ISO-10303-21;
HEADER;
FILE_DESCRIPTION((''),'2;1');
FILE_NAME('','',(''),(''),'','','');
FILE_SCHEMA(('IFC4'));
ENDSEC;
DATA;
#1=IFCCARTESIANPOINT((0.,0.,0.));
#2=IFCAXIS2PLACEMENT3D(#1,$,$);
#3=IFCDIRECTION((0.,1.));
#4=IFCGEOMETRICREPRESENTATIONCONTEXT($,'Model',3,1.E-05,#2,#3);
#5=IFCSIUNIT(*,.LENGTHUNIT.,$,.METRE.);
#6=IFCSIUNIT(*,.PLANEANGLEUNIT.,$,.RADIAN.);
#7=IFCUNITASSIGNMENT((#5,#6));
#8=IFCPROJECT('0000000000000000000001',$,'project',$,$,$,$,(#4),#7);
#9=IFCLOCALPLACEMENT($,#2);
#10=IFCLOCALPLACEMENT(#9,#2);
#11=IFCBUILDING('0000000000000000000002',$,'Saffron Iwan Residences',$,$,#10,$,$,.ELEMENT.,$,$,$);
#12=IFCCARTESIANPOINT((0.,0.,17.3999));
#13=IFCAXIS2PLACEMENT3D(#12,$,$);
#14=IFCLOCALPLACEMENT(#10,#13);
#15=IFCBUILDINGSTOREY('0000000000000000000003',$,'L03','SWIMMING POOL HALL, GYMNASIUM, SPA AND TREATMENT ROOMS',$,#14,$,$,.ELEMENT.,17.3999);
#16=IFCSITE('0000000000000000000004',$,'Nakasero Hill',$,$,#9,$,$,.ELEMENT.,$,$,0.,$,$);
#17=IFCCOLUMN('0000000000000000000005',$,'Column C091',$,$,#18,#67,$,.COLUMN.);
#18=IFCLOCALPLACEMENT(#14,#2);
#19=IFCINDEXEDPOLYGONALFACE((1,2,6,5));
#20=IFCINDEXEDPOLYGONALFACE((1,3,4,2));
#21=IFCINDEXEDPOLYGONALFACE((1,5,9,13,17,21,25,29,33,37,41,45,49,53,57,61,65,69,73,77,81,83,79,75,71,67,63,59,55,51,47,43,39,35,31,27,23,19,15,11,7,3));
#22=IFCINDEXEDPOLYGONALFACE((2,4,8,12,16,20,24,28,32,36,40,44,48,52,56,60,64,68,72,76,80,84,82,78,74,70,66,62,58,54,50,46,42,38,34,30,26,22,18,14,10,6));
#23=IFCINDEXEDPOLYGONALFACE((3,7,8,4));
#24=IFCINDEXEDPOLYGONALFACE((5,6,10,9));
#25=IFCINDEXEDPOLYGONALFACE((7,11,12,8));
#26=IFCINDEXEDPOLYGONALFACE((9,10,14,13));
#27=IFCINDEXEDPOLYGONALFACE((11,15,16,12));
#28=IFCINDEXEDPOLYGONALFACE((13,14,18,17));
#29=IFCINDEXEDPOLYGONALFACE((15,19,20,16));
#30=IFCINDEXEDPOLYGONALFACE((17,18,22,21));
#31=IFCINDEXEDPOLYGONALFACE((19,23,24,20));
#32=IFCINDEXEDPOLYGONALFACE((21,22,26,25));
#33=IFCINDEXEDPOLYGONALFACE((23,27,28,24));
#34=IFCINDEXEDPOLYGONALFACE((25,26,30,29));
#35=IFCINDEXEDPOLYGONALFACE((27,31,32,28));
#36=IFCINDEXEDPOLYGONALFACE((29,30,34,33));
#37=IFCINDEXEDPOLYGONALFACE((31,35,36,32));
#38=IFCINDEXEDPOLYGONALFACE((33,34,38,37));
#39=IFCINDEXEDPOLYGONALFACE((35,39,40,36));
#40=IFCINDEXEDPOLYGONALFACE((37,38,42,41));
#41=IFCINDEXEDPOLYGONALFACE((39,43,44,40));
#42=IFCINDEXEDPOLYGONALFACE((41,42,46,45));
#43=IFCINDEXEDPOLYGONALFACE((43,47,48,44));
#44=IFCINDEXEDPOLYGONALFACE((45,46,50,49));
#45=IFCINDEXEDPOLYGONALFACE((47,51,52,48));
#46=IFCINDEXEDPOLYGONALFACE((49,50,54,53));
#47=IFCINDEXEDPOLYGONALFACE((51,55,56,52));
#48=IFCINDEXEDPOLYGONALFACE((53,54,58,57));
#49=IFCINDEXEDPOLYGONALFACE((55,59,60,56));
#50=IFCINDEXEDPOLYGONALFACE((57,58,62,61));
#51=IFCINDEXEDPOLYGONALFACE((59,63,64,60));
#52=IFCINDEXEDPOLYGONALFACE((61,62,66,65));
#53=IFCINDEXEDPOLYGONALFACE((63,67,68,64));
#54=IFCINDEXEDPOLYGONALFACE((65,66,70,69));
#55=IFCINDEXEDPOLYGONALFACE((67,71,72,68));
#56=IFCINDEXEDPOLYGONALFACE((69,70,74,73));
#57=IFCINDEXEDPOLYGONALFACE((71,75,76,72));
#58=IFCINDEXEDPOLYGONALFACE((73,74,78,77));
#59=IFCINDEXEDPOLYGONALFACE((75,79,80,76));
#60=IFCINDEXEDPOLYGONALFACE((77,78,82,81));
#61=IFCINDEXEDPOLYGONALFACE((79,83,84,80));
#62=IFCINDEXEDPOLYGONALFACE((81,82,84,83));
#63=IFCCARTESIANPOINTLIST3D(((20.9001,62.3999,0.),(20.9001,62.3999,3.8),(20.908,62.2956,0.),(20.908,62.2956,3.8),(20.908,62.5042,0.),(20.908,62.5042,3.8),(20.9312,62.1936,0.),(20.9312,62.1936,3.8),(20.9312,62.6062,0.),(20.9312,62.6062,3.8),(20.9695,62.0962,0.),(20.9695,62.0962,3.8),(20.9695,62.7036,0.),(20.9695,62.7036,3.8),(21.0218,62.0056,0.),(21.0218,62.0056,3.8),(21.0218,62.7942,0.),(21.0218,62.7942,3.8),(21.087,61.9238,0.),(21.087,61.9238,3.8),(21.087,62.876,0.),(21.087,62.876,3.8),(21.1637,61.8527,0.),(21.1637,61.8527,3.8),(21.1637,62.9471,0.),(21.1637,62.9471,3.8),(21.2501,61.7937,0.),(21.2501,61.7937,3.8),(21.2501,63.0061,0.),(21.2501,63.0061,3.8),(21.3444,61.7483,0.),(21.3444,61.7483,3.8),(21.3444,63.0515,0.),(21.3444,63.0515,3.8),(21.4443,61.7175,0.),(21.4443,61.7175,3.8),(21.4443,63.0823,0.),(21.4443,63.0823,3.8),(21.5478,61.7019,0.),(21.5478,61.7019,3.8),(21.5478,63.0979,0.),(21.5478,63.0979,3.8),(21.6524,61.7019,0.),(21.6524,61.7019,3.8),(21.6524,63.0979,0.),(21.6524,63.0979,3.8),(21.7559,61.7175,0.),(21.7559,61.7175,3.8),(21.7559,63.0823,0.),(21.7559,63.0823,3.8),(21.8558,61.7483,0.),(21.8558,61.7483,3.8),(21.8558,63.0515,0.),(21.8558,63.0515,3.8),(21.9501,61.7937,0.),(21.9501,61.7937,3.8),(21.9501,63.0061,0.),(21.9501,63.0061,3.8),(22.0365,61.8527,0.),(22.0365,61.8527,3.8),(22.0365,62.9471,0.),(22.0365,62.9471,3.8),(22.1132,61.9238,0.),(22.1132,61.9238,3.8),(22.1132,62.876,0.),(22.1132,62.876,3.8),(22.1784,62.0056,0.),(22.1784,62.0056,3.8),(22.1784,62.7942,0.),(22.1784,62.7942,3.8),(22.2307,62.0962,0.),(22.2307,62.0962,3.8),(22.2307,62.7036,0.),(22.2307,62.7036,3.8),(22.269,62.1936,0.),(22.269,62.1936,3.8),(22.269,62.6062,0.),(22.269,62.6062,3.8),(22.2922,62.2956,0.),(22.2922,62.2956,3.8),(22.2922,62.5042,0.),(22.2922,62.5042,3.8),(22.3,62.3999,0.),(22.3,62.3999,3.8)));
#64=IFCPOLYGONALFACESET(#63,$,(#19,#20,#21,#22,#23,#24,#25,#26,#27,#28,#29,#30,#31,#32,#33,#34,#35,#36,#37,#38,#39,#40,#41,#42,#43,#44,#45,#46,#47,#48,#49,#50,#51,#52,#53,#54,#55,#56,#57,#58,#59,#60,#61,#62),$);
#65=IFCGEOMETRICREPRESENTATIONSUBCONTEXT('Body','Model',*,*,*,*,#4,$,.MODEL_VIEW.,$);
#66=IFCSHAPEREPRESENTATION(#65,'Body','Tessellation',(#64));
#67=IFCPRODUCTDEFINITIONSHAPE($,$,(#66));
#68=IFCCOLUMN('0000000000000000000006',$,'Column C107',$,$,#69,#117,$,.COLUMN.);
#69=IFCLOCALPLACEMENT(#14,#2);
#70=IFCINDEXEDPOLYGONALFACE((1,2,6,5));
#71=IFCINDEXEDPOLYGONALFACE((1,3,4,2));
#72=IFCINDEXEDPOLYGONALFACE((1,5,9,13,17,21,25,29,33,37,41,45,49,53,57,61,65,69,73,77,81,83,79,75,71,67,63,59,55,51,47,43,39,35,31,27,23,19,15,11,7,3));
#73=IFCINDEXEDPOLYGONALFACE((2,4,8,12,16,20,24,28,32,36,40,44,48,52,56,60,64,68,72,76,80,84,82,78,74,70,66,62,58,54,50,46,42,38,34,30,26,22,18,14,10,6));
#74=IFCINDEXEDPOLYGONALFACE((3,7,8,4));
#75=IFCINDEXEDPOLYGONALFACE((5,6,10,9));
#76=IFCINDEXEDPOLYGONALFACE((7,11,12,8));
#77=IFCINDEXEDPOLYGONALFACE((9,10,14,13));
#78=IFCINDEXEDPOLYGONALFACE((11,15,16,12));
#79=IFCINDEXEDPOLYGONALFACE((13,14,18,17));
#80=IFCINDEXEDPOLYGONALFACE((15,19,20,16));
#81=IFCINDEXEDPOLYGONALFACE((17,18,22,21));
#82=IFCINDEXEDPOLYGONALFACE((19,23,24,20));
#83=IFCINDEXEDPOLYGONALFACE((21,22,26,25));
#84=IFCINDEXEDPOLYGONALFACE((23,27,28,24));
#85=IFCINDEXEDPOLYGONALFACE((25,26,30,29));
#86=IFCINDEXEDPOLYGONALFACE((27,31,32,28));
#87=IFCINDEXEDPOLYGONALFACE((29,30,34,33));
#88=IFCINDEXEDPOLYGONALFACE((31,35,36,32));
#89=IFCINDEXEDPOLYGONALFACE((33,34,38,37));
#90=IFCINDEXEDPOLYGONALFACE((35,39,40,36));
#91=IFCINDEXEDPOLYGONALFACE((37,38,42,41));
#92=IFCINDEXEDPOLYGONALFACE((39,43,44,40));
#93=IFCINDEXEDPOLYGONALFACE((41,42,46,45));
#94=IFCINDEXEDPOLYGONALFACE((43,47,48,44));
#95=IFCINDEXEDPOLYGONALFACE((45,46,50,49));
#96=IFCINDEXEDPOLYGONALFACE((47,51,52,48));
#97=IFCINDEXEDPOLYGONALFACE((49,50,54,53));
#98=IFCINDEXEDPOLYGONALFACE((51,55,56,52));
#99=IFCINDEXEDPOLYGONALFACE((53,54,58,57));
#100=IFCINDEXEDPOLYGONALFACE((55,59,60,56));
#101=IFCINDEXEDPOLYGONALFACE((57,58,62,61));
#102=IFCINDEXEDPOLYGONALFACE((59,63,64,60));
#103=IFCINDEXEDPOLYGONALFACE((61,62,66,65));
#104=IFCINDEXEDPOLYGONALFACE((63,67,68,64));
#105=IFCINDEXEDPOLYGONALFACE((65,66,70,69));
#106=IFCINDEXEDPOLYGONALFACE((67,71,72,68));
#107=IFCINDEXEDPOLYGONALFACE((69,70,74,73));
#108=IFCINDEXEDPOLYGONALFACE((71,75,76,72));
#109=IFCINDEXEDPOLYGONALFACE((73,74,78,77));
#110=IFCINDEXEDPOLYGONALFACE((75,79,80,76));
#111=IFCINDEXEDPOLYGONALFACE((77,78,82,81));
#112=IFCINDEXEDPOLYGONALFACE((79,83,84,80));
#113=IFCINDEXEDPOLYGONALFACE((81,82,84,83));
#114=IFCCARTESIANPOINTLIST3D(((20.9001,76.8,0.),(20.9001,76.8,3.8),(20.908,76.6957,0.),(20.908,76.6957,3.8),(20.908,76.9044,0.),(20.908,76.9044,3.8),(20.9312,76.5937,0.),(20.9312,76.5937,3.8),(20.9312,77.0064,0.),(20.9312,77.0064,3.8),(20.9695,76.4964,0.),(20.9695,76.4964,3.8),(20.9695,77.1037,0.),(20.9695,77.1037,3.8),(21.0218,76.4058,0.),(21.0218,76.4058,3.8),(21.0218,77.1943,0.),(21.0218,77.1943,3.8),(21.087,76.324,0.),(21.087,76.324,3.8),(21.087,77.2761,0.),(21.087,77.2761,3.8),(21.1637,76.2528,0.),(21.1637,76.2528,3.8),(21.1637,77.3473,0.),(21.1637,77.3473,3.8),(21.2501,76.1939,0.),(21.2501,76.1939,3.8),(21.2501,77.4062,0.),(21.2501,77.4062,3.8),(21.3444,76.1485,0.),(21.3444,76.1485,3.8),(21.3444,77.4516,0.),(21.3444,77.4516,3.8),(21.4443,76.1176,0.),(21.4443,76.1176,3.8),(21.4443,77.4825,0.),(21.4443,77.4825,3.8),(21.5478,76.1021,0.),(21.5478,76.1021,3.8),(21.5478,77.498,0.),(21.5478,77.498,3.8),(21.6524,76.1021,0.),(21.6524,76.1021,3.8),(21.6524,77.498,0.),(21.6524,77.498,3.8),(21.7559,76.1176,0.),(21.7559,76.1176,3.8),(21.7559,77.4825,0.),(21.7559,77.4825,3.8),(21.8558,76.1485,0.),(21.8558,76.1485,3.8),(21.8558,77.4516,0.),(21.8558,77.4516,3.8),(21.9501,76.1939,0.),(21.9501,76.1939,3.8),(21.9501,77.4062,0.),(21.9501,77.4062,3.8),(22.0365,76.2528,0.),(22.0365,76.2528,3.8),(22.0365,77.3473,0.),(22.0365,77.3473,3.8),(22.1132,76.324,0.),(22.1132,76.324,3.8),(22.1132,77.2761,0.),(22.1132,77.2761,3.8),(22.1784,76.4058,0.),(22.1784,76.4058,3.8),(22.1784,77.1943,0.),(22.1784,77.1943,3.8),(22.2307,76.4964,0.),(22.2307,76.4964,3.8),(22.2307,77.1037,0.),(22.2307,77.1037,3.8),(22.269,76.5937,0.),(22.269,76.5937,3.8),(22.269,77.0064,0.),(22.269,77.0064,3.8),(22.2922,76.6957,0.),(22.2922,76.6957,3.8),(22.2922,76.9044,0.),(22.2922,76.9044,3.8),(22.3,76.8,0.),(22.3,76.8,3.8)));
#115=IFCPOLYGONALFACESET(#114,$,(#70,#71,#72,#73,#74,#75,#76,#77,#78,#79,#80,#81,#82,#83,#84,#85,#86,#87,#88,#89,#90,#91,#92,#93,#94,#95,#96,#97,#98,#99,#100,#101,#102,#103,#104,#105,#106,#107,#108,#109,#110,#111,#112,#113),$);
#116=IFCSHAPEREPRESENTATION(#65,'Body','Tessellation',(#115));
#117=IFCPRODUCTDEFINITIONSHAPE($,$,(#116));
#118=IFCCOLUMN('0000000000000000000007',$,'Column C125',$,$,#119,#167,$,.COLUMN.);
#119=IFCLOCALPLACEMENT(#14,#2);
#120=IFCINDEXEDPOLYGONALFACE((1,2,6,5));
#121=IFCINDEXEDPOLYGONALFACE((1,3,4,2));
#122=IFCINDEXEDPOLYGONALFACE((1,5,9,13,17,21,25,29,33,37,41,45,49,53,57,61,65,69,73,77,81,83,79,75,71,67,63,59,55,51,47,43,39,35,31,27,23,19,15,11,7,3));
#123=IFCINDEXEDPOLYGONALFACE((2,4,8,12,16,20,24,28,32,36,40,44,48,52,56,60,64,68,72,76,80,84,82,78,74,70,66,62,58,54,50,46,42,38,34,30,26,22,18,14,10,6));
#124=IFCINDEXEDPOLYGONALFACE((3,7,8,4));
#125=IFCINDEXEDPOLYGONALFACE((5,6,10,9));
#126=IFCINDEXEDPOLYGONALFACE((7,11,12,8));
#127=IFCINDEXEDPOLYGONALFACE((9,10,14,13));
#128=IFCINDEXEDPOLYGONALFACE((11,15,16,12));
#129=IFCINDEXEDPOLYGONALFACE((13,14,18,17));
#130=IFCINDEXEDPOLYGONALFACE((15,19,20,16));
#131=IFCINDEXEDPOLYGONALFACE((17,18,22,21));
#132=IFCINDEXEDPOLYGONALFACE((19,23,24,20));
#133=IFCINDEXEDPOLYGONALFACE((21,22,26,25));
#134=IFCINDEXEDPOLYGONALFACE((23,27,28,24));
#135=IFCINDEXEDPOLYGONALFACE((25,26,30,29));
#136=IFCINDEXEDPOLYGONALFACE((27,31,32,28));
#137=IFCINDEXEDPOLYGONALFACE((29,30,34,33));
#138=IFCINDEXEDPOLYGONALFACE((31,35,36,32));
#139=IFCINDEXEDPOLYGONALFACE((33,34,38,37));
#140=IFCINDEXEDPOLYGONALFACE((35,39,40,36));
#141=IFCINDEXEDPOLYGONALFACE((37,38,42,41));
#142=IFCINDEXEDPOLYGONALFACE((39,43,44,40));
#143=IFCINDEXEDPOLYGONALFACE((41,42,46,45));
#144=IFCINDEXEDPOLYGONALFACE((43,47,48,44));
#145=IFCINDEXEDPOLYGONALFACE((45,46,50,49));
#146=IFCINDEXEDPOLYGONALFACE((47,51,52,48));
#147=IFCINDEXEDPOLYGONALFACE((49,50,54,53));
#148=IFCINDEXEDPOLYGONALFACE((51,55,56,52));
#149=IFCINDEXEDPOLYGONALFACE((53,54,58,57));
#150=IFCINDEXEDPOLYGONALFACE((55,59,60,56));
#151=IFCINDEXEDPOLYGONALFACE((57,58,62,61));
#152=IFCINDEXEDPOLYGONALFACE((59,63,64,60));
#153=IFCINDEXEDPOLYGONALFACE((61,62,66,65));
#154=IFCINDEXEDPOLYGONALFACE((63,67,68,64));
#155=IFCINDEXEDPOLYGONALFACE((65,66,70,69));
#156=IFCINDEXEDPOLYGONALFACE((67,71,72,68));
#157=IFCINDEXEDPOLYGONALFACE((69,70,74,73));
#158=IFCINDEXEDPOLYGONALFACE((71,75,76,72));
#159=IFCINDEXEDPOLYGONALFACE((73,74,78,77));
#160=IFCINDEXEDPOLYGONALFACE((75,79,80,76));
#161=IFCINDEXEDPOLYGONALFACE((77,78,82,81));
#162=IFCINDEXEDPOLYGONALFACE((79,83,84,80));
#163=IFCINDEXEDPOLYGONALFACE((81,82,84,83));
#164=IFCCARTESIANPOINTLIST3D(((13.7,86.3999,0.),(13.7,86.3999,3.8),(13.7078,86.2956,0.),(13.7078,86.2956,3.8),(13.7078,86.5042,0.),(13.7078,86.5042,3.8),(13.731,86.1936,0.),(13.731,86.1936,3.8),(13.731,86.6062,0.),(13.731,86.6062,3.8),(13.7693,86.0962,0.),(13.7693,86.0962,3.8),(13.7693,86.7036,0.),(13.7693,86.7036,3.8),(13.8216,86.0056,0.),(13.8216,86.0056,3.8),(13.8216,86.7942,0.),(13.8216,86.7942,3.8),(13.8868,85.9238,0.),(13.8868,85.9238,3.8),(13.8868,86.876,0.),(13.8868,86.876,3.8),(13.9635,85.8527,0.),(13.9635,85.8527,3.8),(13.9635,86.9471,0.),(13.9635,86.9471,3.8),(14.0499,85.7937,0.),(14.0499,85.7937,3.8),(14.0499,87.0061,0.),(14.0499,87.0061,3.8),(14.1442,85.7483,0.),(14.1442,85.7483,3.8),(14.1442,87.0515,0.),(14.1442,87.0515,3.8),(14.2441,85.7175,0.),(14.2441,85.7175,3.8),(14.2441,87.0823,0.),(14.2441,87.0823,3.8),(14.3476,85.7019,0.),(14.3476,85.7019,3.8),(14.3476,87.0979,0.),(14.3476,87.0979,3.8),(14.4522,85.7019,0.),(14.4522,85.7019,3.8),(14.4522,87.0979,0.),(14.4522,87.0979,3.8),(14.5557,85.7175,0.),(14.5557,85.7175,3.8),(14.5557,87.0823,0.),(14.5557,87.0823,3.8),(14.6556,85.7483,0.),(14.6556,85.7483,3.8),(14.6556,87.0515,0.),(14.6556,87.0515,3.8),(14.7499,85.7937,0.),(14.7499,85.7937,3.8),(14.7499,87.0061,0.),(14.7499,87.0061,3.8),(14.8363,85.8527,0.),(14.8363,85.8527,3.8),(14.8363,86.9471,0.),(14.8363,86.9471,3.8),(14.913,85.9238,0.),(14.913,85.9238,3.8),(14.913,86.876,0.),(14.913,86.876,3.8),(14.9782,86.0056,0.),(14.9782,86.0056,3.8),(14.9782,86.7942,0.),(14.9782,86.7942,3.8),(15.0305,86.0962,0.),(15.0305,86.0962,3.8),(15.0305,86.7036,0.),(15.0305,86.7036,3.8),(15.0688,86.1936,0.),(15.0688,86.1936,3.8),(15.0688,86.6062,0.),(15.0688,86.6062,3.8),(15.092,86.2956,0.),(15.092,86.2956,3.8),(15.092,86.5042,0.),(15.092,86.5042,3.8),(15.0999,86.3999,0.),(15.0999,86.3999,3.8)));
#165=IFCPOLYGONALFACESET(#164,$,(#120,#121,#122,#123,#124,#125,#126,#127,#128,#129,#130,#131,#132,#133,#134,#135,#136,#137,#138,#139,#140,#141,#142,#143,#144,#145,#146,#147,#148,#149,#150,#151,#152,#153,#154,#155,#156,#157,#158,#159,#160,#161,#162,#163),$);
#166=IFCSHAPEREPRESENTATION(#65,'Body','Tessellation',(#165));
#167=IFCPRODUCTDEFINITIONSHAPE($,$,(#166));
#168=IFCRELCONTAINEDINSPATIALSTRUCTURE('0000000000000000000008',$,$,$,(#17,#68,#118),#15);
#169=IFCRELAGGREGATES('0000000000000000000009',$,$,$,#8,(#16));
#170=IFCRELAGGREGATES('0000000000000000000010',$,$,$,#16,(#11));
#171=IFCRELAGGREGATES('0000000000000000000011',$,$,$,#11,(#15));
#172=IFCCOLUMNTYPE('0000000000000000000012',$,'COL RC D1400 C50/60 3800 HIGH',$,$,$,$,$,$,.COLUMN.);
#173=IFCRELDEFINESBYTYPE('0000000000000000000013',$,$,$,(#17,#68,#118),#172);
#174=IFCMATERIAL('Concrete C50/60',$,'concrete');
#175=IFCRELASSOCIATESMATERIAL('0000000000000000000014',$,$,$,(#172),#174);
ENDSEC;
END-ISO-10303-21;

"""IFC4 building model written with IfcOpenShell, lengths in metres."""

from ifc_helpers import new_model, si_unit, direction, frame, origin, origin_2d, place, context, subcontext, project, spatial, circle, extrude, source, transform, mapped, material, material_profile, profile_set, type_object, element, save


model = new_model("IFC4")

# Units and contexts
model_context = context("Model", 3, precision=1e-05, world=origin(), true_north=direction((0.0, 1.0)))
body_context = subcontext(model_context, "Body", "Model", "MODEL_VIEW")
ifc_project = project(units=[si_unit("LENGTHUNIT", "METRE"), si_unit("PLANEANGLEUNIT", "RADIAN")], contexts=[model_context])

# Site, building, storey
site_placement = place(None, origin())
site = spatial("IfcSite", under=ifc_project, at=site_placement, Name="Nakasero Hill", CompositionType="ELEMENT", RefElevation=0.0)
building_placement = place(site_placement, origin())
building = spatial("IfcBuilding", under=site, at=building_placement, Name="Saffron Iwan Residences", CompositionType="ELEMENT")
storey_placement = place(building_placement, frame((0.0, 0.0, 17.3999)))
storey = spatial("IfcBuildingStorey", under=building, at=storey_placement, Name="L03", Description="SWIMMING POOL HALL, GYMNASIUM, SPA AND TREATMENT ROOMS", CompositionType="ELEMENT", Elevation=17.3999)

# Columns
ifc_material_1 = material(Name="Concrete C50/60", Category="concrete")
ifc_material_profile_1 = material_profile(ifc_material_1, circle(Radius=0.7, at=origin_2d()), Name="RC D1400")
ifc_profile_set_1 = profile_set([ifc_material_profile_1], Name="Concrete C50/60")
column_type = type_object("IfcColumnType", Name="COL RC D1400 C50/60 3800 HIGH", PredefinedType="COLUMN", material=ifc_profile_set_1)
shared_shape_1 = source(origin(), body_context, "Body", "SweptSolid", [
    extrude(circle(Radius=0.7, at=origin_2d()), origin(), (0.0, 0.0, 1.0), 3.8),
])
for number, where, z_axis, x_axis, name in (
    (1, (21.6001, 62.3999, 0.0), (0.0, 0.0, 1.0), (1.0, 0.0, 0.0), "Column C091"),
    (2, (21.6001, 76.8, 0.0), (0.0, 0.0, 1.0), (1.0, 0.0, 0.0), "Column C107"),
    (3, (14.3999, 86.3999, 0.0), (0.0, 0.0, 1.0), (1.0, 0.0, 0.0), "Column C125"),
):
    element("IfcColumn", number, at=place(storey_placement, frame(where, z_axis=z_axis, x_axis=x_axis)), inside=storey, type_object=column_type, Name=name, PredefinedType="COLUMN", context=body_context, shape_type="MappedRepresentation", body=[
        mapped(shared_shape_1, transform((0.0, 0.0, 0.0))),
    ])

save(model, "model.ifc")
